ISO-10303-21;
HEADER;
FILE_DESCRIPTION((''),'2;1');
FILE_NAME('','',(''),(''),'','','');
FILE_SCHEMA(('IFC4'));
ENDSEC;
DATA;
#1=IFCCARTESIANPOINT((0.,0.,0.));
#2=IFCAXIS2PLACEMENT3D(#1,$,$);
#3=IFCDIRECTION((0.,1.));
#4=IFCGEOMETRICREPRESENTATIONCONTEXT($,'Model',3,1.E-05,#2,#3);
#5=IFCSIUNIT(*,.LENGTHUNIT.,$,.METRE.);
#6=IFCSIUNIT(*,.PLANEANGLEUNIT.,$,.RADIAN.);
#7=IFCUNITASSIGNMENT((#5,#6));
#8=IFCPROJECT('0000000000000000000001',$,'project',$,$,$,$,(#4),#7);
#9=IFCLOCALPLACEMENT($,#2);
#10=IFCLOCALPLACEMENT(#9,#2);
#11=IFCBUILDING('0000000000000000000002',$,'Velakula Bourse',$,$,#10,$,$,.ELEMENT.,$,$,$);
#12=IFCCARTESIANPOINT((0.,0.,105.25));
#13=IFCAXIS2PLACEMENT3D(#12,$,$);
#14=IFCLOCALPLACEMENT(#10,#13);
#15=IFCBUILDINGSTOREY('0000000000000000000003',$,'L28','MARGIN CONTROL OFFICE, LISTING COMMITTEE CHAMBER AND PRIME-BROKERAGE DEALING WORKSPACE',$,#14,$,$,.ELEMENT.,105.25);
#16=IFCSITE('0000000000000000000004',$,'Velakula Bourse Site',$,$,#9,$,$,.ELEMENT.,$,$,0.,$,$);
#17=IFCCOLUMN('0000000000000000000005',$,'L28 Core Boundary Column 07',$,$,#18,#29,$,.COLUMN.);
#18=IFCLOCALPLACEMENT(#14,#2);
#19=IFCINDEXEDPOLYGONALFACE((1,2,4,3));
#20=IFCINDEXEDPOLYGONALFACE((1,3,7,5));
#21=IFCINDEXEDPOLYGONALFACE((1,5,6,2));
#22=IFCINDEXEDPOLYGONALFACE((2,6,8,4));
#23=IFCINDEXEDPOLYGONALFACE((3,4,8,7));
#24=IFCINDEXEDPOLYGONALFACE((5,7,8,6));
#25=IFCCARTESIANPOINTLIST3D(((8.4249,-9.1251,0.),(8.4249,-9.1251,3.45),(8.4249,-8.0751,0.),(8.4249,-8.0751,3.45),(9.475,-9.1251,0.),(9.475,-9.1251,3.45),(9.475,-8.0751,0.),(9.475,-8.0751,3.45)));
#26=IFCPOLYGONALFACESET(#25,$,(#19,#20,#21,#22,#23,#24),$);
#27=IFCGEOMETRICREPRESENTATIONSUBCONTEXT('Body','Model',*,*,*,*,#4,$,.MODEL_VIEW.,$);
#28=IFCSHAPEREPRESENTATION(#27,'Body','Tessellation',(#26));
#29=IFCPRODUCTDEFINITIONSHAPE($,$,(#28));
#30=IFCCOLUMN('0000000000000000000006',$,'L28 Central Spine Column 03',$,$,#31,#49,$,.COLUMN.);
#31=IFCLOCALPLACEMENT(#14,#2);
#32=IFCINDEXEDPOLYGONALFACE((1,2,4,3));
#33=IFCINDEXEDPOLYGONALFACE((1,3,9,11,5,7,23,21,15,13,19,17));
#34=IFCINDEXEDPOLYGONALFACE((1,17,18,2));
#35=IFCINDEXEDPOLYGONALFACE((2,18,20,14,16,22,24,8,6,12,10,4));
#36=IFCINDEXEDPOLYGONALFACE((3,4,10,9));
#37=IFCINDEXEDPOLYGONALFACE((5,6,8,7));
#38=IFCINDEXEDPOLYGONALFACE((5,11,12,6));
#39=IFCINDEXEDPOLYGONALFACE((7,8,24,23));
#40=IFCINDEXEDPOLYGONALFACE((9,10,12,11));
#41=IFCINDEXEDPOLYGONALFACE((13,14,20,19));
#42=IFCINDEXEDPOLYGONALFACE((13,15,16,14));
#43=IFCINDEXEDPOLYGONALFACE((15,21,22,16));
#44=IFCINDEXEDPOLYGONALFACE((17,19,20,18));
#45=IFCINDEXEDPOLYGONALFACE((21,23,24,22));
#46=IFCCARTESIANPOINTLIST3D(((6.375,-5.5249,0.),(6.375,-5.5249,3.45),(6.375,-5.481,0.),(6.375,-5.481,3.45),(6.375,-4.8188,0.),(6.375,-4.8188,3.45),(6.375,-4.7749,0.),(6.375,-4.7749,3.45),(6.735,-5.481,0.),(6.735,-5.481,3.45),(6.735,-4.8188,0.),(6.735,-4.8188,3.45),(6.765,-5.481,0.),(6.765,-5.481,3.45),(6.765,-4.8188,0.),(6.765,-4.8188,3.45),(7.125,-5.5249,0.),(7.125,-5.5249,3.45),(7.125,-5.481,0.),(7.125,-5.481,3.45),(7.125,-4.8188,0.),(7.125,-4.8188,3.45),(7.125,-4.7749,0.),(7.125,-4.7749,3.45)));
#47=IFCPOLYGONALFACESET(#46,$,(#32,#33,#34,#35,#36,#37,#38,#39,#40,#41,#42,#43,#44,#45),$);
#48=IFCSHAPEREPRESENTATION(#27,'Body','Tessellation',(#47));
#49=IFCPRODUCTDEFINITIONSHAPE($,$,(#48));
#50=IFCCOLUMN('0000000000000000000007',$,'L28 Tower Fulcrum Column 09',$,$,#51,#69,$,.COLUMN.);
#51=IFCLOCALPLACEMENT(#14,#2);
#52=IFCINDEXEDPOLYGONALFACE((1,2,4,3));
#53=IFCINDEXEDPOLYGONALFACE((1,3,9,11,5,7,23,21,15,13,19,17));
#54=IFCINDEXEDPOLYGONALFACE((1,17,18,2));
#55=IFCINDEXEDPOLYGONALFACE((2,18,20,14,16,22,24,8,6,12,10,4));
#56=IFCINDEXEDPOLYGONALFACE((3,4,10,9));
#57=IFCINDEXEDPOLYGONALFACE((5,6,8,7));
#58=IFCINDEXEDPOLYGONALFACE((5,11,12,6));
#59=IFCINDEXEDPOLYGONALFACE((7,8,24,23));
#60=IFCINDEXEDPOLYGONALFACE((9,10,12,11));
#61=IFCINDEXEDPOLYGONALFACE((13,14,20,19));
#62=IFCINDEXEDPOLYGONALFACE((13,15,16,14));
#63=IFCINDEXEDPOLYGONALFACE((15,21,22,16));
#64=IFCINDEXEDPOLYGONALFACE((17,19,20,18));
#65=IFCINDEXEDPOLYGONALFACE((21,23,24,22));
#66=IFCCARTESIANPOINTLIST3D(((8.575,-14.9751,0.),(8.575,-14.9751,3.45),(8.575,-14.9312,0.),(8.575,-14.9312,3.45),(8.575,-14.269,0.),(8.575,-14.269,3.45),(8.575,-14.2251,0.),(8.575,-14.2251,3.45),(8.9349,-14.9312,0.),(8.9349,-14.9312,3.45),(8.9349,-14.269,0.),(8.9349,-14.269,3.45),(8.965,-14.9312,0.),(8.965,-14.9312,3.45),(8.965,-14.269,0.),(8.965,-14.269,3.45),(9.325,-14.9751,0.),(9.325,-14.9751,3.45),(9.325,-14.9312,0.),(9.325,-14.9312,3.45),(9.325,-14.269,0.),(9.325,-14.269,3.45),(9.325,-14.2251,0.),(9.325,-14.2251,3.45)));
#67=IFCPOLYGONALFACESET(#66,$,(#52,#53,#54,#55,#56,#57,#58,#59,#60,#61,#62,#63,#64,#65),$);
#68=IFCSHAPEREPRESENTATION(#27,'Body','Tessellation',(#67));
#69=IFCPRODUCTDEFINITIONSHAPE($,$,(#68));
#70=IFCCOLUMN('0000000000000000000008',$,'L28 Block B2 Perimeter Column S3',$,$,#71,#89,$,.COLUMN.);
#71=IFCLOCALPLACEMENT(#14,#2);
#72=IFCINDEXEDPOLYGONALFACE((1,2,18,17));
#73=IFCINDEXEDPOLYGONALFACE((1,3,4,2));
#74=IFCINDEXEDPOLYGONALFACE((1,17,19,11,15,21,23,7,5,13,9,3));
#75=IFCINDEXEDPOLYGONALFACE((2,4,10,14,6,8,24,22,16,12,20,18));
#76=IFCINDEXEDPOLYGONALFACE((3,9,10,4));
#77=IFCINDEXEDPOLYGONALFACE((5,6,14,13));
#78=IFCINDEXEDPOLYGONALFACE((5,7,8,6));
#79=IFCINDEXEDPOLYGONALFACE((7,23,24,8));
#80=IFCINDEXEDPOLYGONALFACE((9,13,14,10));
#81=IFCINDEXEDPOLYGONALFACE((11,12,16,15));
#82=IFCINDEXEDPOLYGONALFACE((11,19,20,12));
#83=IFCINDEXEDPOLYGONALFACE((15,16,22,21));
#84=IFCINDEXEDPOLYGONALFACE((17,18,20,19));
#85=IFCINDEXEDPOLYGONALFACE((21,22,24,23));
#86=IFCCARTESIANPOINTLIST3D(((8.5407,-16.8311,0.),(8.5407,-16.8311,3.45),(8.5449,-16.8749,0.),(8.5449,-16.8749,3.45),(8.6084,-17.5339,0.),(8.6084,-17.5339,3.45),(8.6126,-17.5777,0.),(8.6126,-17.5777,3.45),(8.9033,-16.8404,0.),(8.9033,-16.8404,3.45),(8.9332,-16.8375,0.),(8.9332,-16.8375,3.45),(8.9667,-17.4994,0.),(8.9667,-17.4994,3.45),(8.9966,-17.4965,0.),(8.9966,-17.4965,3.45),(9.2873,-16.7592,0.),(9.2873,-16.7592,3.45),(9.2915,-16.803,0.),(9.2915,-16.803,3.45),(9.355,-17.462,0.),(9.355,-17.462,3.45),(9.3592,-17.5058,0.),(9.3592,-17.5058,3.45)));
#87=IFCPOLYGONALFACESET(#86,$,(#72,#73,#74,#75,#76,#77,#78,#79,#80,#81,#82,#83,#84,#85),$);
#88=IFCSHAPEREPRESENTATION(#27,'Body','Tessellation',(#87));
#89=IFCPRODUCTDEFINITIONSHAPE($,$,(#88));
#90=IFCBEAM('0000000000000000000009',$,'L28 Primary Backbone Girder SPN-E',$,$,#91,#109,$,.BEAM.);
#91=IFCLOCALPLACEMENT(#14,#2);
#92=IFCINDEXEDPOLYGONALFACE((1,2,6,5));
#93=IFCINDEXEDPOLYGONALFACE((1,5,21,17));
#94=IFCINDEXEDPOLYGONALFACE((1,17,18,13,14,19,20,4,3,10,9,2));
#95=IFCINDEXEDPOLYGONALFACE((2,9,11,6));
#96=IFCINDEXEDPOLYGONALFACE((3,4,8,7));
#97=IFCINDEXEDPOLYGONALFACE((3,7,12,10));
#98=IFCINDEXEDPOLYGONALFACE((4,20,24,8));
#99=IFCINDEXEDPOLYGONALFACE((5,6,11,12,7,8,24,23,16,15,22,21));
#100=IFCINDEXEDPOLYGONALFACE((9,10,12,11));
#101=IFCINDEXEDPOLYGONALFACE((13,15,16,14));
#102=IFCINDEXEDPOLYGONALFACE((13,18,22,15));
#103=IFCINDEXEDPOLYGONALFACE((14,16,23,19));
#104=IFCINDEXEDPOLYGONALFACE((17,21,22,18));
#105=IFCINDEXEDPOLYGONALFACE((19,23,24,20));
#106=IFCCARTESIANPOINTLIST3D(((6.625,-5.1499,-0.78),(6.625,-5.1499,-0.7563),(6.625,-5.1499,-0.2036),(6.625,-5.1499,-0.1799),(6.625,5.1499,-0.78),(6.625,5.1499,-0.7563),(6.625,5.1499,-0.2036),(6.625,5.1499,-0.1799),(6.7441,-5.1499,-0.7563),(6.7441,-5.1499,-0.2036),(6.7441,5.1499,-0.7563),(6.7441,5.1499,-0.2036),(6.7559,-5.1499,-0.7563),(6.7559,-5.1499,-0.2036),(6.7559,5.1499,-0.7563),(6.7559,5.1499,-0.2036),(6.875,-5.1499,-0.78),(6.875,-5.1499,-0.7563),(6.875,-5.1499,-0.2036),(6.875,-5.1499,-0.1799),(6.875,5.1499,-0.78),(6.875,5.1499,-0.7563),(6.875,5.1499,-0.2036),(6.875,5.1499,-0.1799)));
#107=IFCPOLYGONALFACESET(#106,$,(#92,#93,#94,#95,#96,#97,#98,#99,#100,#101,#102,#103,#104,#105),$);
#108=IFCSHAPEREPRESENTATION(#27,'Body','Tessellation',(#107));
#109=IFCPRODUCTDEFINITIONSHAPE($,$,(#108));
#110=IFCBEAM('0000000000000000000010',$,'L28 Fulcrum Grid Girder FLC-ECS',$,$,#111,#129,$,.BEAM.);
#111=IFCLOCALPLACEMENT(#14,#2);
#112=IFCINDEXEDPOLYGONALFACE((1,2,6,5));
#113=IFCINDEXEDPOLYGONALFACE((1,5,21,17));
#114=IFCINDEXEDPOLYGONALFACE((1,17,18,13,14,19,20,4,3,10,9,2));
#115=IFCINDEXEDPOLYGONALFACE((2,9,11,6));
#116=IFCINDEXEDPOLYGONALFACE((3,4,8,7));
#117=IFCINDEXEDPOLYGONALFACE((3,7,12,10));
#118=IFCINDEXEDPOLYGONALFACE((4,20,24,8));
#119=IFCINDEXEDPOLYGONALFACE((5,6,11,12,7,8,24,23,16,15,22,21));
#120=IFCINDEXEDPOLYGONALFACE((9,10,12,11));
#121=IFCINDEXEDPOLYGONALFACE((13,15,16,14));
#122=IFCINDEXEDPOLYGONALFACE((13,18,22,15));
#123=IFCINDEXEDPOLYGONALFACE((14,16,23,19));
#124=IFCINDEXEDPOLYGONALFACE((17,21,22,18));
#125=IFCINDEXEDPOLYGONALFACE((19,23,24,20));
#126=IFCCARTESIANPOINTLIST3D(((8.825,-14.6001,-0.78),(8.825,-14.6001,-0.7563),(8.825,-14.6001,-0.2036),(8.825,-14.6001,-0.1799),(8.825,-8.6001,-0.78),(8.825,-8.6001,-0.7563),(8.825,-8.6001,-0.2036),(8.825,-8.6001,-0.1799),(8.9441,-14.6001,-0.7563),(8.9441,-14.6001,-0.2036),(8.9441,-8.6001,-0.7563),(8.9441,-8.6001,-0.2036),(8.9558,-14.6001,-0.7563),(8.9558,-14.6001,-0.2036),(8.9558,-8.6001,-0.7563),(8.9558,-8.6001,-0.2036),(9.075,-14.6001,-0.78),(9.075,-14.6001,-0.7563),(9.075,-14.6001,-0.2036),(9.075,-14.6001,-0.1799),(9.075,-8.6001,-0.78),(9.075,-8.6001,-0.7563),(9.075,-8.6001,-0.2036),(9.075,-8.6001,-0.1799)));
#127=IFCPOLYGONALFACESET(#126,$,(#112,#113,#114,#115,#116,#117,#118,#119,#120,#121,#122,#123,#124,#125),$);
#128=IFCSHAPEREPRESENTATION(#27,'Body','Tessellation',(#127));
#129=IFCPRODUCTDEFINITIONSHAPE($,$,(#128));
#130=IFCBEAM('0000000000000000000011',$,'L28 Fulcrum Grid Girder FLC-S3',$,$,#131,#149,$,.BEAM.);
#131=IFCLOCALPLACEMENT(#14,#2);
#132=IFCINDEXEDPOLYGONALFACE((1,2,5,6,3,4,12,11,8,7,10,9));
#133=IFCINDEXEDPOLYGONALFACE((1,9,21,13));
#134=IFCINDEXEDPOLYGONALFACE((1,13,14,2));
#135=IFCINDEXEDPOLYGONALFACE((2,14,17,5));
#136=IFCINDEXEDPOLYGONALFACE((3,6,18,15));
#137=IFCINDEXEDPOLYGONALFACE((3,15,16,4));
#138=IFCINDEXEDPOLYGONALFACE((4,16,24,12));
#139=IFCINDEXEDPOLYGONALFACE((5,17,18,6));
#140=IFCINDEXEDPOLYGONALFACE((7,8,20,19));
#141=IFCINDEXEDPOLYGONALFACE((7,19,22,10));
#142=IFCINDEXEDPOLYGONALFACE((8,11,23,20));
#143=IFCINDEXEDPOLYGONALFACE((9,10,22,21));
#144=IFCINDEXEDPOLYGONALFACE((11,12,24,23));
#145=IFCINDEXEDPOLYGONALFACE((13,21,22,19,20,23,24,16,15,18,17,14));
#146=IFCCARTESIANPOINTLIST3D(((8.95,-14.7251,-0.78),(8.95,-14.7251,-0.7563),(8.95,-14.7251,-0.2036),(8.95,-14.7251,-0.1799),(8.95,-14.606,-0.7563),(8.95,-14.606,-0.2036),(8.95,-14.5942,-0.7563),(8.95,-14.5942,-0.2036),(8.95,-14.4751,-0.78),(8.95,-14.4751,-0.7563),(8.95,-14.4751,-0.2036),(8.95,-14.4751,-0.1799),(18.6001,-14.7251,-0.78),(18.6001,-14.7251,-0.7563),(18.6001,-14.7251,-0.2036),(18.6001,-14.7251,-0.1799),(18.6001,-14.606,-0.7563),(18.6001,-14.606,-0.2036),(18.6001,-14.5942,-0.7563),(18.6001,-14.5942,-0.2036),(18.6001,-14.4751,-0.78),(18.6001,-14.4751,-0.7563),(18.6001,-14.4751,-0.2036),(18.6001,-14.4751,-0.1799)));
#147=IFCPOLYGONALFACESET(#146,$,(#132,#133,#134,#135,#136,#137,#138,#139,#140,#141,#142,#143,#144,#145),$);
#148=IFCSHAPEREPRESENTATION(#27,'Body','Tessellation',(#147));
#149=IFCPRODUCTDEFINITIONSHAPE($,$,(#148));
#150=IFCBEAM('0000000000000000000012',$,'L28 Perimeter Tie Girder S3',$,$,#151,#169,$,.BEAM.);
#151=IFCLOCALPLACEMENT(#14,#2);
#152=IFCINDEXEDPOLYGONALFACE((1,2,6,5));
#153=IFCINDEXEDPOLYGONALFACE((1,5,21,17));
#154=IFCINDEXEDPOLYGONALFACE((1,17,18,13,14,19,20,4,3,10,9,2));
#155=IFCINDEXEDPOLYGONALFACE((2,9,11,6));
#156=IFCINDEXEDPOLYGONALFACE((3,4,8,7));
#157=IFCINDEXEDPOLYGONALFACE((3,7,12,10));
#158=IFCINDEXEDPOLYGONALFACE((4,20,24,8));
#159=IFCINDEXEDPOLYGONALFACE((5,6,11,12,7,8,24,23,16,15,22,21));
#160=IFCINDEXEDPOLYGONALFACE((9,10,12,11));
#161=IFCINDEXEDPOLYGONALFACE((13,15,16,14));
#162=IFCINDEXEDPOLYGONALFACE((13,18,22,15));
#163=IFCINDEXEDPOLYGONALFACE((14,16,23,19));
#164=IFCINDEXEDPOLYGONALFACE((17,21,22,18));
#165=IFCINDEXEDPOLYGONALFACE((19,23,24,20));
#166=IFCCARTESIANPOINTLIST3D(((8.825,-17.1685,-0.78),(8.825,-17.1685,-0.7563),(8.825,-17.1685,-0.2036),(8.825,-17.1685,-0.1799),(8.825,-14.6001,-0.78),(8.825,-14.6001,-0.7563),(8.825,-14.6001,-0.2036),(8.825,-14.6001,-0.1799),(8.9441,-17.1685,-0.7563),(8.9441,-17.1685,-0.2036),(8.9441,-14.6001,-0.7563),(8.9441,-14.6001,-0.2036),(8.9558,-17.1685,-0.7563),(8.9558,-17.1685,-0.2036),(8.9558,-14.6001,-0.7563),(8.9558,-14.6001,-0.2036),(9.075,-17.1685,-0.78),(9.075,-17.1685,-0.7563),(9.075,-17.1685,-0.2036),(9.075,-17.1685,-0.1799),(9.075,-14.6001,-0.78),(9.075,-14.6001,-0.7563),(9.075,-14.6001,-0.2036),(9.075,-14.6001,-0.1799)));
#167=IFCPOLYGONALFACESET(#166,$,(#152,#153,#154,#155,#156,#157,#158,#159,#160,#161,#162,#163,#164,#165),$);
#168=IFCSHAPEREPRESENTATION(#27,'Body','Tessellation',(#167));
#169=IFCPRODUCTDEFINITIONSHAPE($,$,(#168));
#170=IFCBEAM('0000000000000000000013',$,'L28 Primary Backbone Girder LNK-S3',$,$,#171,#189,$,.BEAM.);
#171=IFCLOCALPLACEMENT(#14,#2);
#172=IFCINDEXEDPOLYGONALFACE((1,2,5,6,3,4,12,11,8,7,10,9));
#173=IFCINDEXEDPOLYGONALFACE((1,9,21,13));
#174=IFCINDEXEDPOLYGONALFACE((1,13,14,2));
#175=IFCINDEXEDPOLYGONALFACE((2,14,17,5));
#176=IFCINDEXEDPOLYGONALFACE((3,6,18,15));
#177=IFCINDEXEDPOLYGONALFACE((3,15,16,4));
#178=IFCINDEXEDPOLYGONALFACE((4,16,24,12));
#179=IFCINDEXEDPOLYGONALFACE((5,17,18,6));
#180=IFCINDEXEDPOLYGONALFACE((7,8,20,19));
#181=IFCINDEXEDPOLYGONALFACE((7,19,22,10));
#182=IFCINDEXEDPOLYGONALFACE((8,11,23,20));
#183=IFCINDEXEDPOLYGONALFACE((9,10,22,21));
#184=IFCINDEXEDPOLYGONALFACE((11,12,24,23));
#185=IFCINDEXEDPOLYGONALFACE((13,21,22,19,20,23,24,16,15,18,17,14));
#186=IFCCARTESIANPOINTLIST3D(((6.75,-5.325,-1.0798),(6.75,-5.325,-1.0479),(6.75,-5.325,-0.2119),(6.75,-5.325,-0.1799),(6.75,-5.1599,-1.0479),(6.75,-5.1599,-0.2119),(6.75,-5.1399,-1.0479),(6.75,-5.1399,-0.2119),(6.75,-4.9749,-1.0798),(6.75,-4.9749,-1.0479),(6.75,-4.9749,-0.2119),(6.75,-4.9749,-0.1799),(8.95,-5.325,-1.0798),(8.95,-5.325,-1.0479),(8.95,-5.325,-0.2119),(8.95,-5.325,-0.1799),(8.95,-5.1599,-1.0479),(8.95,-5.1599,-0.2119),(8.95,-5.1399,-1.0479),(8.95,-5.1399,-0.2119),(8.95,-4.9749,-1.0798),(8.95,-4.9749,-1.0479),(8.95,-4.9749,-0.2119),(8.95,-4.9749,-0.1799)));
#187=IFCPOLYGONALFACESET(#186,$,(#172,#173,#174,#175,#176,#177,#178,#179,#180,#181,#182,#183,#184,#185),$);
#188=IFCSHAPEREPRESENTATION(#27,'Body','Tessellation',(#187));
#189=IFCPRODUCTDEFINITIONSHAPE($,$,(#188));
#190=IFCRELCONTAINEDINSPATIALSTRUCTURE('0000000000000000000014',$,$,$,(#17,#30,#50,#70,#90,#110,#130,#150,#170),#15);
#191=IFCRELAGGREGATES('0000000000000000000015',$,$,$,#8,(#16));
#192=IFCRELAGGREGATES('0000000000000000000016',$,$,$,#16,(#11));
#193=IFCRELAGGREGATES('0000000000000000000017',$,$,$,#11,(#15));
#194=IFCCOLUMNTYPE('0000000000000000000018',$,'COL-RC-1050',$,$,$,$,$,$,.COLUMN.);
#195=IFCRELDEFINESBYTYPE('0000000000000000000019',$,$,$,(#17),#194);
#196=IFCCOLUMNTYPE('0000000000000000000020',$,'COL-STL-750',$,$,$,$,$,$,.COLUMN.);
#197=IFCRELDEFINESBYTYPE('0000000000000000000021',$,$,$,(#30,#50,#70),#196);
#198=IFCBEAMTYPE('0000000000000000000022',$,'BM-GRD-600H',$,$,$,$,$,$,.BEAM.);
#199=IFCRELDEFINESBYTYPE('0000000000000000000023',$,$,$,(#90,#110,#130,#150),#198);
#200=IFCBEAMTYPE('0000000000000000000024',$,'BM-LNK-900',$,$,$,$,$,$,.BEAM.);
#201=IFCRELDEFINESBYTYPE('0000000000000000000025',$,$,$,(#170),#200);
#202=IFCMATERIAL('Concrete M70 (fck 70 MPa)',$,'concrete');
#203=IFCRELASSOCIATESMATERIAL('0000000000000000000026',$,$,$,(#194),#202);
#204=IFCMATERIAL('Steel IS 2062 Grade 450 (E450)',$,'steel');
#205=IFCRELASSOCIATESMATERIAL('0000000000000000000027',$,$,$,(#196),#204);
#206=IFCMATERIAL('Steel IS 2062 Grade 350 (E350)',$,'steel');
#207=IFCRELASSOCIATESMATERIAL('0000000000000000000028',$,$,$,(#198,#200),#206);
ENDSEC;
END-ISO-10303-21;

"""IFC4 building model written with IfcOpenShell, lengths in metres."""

from ifc_helpers import new_model, si_unit, direction, frame, origin, origin_2d, place, context, subcontext, project, spatial, rectangle, i_section, extrude, material, material_profile, profile_set, type_object, element, save


model = new_model("IFC4")

# Units and contexts
model_context = context("Model", 3, precision=1e-05, world=origin(), true_north=direction((0.0, 1.0)))
body_context = subcontext(model_context, "Body", "Model", "MODEL_VIEW")
ifc_project = project(units=[si_unit("LENGTHUNIT", "METRE"), si_unit("PLANEANGLEUNIT", "RADIAN")], contexts=[model_context])

# Site, building, storey
site_placement = place(None, origin())
site = spatial("IfcSite", under=ifc_project, at=site_placement, Name="Velakula Bourse Site", CompositionType="ELEMENT", RefElevation=0.0)
building_placement = place(site_placement, origin())
building = spatial("IfcBuilding", under=site, at=building_placement, Name="Velakula Bourse", CompositionType="ELEMENT")
storey_placement = place(building_placement, frame((0.0, 0.0, 105.25)))
storey = spatial("IfcBuildingStorey", under=building, at=storey_placement, Name="L28", Description="MARGIN CONTROL OFFICE, LISTING COMMITTEE CHAMBER AND PRIME-BROKERAGE DEALING WORKSPACE", CompositionType="ELEMENT", Elevation=105.25)

# Columns
ifc_material_1 = material(Name="Concrete M70 (fck 70 MPa)", Category="concrete")
ifc_material_profile_1 = material_profile(ifc_material_1, rectangle(XDim=1.05, YDim=1.05, at=origin_2d()), Name="Concrete M70 (fck 70 MPa)")
ifc_profile_set_1 = profile_set([ifc_material_profile_1], Name="Concrete M70 (fck 70 MPa)")
column_type_1 = type_object("IfcColumnType", Name="COL-RC-1050", PredefinedType="COLUMN", material=ifc_profile_set_1)
column_placement = place(storey_placement, frame((8.95, -8.6001, 0.0), z_axis=(0.0, 0.0, 1.0), x_axis=(1.0, 0.0, 0.0)))
element("IfcColumn", 1, at=column_placement, inside=storey, type_object=column_type_1, Name="L28 Core Boundary Column 07", PredefinedType="COLUMN", context=body_context, shape_type="SweptSolid", body=[
    extrude(rectangle(XDim=1.05, YDim=1.05, at=origin_2d()), origin(), (0.0, 0.0, 1.0), 3.45),
])
ifc_material_2 = material(Name="Steel IS 2062 Grade 450 (E450)", Category="steel")
ifc_material_profile_2 = material_profile(ifc_material_2, i_section(OverallWidth=0.75, OverallDepth=0.75, WebThickness=0.03, FlangeThickness=0.0439, at=origin_2d()), Name="Steel IS 2062 Grade 450 (E450)")
ifc_profile_set_2 = profile_set([ifc_material_profile_2], Name="Steel IS 2062 Grade 450 (E450)")
column_type_2 = type_object("IfcColumnType", Name="COL-STL-750", PredefinedType="COLUMN", material=ifc_profile_set_2)
for number, where, z_axis, x_axis, name in (
    (2, (6.75, -5.1499, 0.0), (0.0, 0.0, 1.0), (1.0, 0.0, 0.0), "L28 Central Spine Column 03"),
    (3, (8.95, -14.6001, 0.0), (0.0, 0.0, 1.0), (1.0, 0.0, 0.0), "L28 Tower Fulcrum Column 09"),
    (4, (8.95, -17.1685, 0.0), (0.0, 0.0, 1.0), (0.995396, 0.095846, 0.0), "L28 Block B2 Perimeter Column S3"),
):
    element("IfcColumn", number, at=place(storey_placement, frame(where, z_axis=z_axis, x_axis=x_axis)), inside=storey, type_object=column_type_2, Name=name, PredefinedType="COLUMN", context=body_context, shape_type="SweptSolid", body=[
        extrude(i_section(OverallWidth=0.75, OverallDepth=0.75, WebThickness=0.03, FlangeThickness=0.0439, at=origin_2d()), origin(), (0.0, 0.0, 1.0), 3.45),
    ])

# Beams
ifc_material_3 = material(Name="Steel IS 2062 Grade 350 (E350)", Category="steel")
ifc_material_profile_3 = material_profile(ifc_material_3, i_section(OverallWidth=0.25, OverallDepth=0.6001, WebThickness=0.0117, FlangeThickness=0.0237, at=origin_2d()), Name="Steel IS 2062 Grade 350 (E350)")
ifc_profile_set_3 = profile_set([ifc_material_profile_3], Name="Steel IS 2062 Grade 350 (E350)")
beam_type_1 = type_object("IfcBeamType", Name="BM-GRD-600H", PredefinedType="BEAM", material=ifc_profile_set_3)
beam_1_placement = place(storey_placement, frame((6.75, -5.1499, -0.48), z_axis=(0.0, 1.0, 0.0), x_axis=(-1.0, 0.0, 0.0)))
element("IfcBeam", 5, at=beam_1_placement, inside=storey, type_object=beam_type_1, Name="L28 Primary Backbone Girder SPN-E", PredefinedType="BEAM", context=body_context, shape_type="SweptSolid", body=[
    extrude(i_section(OverallWidth=0.25, OverallDepth=0.6001, WebThickness=0.0117, FlangeThickness=0.0237, at=origin_2d()), origin(), (0.0, 0.0, 1.0), 10.2998),
])
beam_2_placement = place(storey_placement, frame((8.95, -14.6001, -0.48), z_axis=(0.0, 1.0, 0.0), x_axis=(-1.0, 0.0, 0.0)))
element("IfcBeam", 6, at=beam_2_placement, inside=storey, type_object=beam_type_1, Name="L28 Fulcrum Grid Girder FLC-ECS", PredefinedType="BEAM", context=body_context, shape_type="SweptSolid", body=[
    extrude(i_section(OverallWidth=0.25, OverallDepth=0.6001, WebThickness=0.0117, FlangeThickness=0.0237, at=origin_2d()), origin(), (0.0, 0.0, 1.0), 6.0),
])
beam_3_placement = place(storey_placement, frame((8.95, -14.6001, -0.48), z_axis=(1.0, 0.0, 0.0), x_axis=(0.0, 1.0, 0.0)))
element("IfcBeam", 7, at=beam_3_placement, inside=storey, type_object=beam_type_1, Name="L28 Fulcrum Grid Girder FLC-S3", PredefinedType="BEAM", context=body_context, shape_type="SweptSolid", body=[
    extrude(i_section(OverallWidth=0.25, OverallDepth=0.6001, WebThickness=0.0117, FlangeThickness=0.0237, at=origin_2d()), origin(), (0.0, 0.0, 1.0), 9.6501),
])
beam_4_placement = place(storey_placement, frame((8.95, -14.6001, -0.48), z_axis=(0.0, -1.0, 0.0), x_axis=(1.0, 0.0, 0.0)))
element("IfcBeam", 8, at=beam_4_placement, inside=storey, type_object=beam_type_1, Name="L28 Perimeter Tie Girder S3", PredefinedType="BEAM", context=body_context, shape_type="SweptSolid", body=[
    extrude(i_section(OverallWidth=0.25, OverallDepth=0.6001, WebThickness=0.0117, FlangeThickness=0.0237, at=origin_2d()), origin(), (0.0, 0.0, 1.0), 2.5684),
])
ifc_material_profile_4 = material_profile(ifc_material_3, i_section(OverallWidth=0.3501, OverallDepth=0.8999, WebThickness=0.02, FlangeThickness=0.032, at=origin_2d()), Name="Steel IS 2062 Grade 350 (E350)")
ifc_profile_set_4 = profile_set([ifc_material_profile_4], Name="Steel IS 2062 Grade 350 (E350)")
beam_type_2 = type_object("IfcBeamType", Name="BM-LNK-900", PredefinedType="BEAM", material=ifc_profile_set_4)
beam_5_placement = place(storey_placement, frame((6.75, -5.1499, -0.6299), z_axis=(1.0, 0.0, 0.0), x_axis=(0.0, 1.0, 0.0)))
element("IfcBeam", 9, at=beam_5_placement, inside=storey, type_object=beam_type_2, Name="L28 Primary Backbone Girder LNK-S3", PredefinedType="BEAM", context=body_context, shape_type="SweptSolid", body=[
    extrude(i_section(OverallWidth=0.3501, OverallDepth=0.8999, WebThickness=0.02, FlangeThickness=0.032, at=origin_2d()), origin(), (0.0, 0.0, 1.0), 2.2),
])

save(model, "model.ifc")
